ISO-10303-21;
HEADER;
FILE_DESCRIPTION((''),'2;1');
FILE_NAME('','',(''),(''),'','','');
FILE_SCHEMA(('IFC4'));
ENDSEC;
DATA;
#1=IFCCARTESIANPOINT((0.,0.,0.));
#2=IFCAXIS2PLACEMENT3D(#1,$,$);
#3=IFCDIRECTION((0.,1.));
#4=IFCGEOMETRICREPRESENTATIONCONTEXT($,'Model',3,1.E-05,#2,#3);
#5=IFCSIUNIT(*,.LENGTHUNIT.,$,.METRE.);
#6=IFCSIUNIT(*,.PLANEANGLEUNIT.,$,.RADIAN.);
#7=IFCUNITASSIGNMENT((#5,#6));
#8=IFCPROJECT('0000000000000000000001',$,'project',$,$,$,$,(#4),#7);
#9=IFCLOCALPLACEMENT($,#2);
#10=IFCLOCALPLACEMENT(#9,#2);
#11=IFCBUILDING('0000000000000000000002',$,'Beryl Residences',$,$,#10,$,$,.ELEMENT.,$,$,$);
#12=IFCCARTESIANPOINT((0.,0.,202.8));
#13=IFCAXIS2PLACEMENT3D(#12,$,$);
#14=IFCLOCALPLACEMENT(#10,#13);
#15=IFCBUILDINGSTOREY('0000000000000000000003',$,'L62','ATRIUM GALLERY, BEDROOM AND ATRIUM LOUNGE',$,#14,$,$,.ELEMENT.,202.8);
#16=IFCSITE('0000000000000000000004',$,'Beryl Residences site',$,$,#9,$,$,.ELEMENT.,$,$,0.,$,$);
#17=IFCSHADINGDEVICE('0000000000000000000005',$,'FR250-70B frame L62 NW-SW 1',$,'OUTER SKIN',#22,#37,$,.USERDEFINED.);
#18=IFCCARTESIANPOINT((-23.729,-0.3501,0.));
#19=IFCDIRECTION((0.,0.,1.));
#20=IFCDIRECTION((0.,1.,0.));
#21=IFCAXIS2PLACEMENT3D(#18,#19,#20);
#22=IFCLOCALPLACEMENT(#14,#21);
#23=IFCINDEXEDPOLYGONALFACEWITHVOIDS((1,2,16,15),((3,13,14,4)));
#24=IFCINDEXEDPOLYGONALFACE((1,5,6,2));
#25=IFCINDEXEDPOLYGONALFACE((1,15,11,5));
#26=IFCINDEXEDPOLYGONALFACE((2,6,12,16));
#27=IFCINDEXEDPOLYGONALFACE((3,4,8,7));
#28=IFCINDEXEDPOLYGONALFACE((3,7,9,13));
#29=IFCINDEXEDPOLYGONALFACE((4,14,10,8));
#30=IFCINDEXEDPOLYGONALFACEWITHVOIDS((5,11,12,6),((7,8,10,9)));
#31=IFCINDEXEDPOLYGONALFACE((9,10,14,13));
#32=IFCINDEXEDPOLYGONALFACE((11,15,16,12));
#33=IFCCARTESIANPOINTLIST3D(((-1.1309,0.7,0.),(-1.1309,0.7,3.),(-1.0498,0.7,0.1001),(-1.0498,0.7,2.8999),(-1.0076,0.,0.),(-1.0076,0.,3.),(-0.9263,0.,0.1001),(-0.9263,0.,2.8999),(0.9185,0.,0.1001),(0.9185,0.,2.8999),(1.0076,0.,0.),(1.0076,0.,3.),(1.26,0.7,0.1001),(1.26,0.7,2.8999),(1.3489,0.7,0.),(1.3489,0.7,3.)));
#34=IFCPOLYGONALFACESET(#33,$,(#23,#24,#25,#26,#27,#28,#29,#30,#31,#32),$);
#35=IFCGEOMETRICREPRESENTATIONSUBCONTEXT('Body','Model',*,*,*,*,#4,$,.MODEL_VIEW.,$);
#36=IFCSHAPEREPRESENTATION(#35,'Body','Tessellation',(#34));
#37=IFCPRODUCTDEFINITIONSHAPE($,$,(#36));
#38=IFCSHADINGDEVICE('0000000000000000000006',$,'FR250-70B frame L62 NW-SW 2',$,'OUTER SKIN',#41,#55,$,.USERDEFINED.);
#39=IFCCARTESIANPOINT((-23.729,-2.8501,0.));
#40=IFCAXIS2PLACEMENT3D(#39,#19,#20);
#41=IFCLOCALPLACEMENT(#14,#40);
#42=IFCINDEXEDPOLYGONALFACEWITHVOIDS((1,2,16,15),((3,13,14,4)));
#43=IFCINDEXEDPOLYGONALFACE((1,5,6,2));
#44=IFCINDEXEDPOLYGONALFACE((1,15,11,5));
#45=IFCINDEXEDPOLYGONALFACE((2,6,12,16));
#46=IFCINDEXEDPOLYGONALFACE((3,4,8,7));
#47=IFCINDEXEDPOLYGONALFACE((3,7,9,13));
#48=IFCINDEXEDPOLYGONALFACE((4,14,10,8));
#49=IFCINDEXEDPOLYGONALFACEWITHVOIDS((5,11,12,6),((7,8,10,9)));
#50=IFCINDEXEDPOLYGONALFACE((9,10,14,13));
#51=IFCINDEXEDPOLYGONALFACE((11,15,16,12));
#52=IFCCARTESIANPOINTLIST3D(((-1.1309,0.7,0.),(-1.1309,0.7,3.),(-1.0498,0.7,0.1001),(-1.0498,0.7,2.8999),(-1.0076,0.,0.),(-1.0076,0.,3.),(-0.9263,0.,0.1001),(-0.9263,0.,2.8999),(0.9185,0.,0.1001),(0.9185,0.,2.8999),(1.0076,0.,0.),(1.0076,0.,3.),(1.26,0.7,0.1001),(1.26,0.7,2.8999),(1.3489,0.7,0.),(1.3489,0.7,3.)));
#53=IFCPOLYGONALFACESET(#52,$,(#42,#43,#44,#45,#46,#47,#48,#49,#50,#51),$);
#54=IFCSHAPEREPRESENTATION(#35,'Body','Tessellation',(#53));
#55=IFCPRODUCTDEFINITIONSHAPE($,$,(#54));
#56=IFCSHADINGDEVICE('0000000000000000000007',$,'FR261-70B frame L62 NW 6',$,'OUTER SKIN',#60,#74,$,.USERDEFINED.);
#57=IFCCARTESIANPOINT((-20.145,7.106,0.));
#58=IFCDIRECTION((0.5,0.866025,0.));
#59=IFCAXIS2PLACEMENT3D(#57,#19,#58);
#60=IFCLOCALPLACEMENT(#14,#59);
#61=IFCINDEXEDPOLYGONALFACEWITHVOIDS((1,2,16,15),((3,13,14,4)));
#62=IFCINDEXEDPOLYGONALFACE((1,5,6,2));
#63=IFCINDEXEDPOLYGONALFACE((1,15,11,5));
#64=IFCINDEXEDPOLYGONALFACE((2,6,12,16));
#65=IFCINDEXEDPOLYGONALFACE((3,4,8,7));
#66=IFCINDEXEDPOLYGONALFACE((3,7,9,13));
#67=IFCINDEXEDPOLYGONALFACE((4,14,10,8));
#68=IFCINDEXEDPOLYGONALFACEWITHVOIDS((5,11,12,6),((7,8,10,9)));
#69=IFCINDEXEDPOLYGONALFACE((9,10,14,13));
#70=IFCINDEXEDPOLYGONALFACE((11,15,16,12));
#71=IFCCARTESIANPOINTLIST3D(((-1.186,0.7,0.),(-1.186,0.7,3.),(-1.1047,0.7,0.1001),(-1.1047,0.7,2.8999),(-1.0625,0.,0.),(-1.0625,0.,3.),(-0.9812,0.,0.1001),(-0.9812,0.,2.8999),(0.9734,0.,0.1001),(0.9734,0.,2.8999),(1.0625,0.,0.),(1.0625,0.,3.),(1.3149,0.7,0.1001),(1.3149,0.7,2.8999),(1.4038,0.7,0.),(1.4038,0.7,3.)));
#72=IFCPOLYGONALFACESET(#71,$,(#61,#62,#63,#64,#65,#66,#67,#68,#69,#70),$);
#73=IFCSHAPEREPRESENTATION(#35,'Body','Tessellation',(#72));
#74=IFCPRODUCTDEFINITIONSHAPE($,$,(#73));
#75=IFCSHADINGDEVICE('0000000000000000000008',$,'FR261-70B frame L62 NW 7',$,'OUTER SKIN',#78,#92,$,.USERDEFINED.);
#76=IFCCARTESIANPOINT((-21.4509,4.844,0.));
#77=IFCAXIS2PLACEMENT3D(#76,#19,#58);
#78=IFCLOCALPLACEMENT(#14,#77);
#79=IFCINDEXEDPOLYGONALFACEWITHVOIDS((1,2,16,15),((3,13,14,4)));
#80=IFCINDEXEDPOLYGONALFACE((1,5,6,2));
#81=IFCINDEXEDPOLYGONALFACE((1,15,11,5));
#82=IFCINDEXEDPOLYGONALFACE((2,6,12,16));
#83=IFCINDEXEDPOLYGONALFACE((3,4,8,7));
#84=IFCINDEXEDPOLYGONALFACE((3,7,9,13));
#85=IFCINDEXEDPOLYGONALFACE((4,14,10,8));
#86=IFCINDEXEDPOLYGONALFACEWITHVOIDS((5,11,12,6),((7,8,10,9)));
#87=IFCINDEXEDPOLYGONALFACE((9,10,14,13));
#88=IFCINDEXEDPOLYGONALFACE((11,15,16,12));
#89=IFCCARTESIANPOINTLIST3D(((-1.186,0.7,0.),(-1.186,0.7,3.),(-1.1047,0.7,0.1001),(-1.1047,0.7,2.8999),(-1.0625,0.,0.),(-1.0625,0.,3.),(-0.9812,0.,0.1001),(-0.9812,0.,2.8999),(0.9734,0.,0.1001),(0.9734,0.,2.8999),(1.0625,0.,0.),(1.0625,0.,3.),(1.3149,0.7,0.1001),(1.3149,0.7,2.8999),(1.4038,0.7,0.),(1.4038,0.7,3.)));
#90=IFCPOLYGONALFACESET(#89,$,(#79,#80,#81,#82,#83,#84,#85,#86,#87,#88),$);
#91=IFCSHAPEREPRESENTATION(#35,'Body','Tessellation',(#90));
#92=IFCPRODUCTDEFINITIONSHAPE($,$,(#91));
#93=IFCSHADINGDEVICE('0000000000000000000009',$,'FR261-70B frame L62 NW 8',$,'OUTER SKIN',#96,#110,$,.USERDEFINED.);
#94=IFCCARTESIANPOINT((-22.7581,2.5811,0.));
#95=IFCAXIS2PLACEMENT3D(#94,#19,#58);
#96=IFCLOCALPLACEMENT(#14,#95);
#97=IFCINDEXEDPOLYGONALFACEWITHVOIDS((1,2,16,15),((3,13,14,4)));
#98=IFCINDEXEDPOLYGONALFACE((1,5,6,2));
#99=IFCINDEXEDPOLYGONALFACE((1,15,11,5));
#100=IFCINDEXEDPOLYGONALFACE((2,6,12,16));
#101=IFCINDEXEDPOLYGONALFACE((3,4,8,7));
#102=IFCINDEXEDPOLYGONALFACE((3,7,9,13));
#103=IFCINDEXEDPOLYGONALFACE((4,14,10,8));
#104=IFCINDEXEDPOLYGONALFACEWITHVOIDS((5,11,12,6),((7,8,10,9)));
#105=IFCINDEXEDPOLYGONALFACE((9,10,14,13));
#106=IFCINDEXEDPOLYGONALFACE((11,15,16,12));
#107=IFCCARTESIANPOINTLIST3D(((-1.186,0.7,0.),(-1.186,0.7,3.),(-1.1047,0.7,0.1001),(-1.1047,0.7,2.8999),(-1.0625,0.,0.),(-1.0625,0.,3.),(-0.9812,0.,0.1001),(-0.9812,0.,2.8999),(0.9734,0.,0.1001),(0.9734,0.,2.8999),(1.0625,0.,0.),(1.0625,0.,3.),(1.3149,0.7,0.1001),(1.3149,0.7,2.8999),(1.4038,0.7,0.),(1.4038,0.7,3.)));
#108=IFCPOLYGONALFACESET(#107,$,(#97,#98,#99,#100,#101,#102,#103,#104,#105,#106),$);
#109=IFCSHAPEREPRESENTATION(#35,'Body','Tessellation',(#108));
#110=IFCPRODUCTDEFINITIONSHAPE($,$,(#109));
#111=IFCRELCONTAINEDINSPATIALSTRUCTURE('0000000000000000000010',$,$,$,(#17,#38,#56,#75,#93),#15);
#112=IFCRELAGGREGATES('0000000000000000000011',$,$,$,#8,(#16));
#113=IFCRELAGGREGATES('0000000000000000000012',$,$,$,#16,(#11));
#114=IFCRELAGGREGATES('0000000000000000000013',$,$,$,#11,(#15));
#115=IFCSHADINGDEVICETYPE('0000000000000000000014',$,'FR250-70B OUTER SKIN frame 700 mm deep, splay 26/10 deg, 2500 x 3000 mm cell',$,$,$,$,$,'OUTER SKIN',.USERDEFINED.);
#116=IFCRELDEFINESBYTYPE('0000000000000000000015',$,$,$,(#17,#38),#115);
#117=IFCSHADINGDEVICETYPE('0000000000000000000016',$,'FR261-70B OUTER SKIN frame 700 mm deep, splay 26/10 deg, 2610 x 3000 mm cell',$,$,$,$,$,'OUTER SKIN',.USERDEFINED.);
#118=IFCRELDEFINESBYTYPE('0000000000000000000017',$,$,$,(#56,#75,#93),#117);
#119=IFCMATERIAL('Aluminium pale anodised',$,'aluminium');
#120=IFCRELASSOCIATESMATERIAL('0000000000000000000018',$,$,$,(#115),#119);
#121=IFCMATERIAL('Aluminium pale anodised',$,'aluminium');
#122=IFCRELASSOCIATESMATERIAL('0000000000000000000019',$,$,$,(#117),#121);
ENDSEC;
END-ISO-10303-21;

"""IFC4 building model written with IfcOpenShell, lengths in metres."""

from ifc_helpers import new_model, entity, si_unit, direction, frame, origin, place, context, subcontext, project, spatial, source, transform, mapped, material, type_object, type_shapes, element, save


model = new_model("IFC4")

# Units and contexts
model_context = context("Model", 3, precision=1e-05, world=origin(), true_north=direction((0.0, 1.0)))
body_context = subcontext(model_context, "Body", "Model", "MODEL_VIEW")
ifc_project = project(units=[si_unit("LENGTHUNIT", "METRE"), si_unit("PLANEANGLEUNIT", "RADIAN")], contexts=[model_context])

# Site, building, storey
site_placement = place(None, origin())
site = spatial("IfcSite", under=ifc_project, at=site_placement, Name="Beryl Residences site", CompositionType="ELEMENT", RefElevation=0.0)
building_placement = place(site_placement, origin())
building = spatial("IfcBuilding", under=site, at=building_placement, Name="Beryl Residences", CompositionType="ELEMENT")
storey_placement = place(building_placement, frame((0.0, 0.0, 202.8)))
storey = spatial("IfcBuildingStorey", under=building, at=storey_placement, Name="L62", Description="ATRIUM GALLERY, BEDROOM AND ATRIUM LOUNGE", CompositionType="ELEMENT", Elevation=202.8)

# Shading devices
ifc_material_1 = material(Name="Aluminium pale anodised", Category="aluminium")
shading_device_type_1 = type_object("IfcShadingDeviceType", Name="FR250-70B OUTER SKIN frame 700 mm deep, splay 26/10 deg, 2500 x 3000 mm cell", ElementType="OUTER SKIN", PredefinedType="USERDEFINED", material=ifc_material_1)
cartesian_point_1 = entity("IfcCartesianPoint", [-1.0076, 0.0])
cartesian_point_2 = entity("IfcCartesianPoint", [-0.9185, 0.1001])
cartesian_point_3 = entity("IfcCartesianPoint", [-1.3489, 0.0])
cartesian_point_4 = entity("IfcCartesianPoint", [-1.26, 0.1001])
shared_shape_1 = source(origin(), body_context, "Body", "SweptSolid", [
    entity("IfcExtrudedAreaSolidTapered", entity("IfcArbitraryProfileDefWithVoids", "AREA", None, entity("IfcPolyline", [cartesian_point_1, entity("IfcCartesianPoint", [1.0076, 0.0]), entity("IfcCartesianPoint", [1.0076, 3.0]), entity("IfcCartesianPoint", [-1.0076, 3.0]), cartesian_point_1]), [entity("IfcPolyline", [cartesian_point_2, entity("IfcCartesianPoint", [0.9263, 0.1001]), entity("IfcCartesianPoint", [0.9263, 2.8999]), entity("IfcCartesianPoint", [-0.9185, 2.8999]), cartesian_point_2])]), entity("IfcAxis2Placement3D", entity("IfcCartesianPoint", [0.0, 0.0, 0.0]), entity("IfcDirection", [0.0, 1.0, 0.0]), entity("IfcDirection", [-1.0, 0.0, 0.0])), entity("IfcDirection", [0.0, 0.0, 1.0]), 0.7, entity("IfcArbitraryProfileDefWithVoids", "AREA", None, entity("IfcPolyline", [cartesian_point_3, entity("IfcCartesianPoint", [1.1309, 0.0]), entity("IfcCartesianPoint", [1.1309, 3.0]), entity("IfcCartesianPoint", [-1.3489, 3.0]), cartesian_point_3]), [entity("IfcPolyline", [cartesian_point_4, entity("IfcCartesianPoint", [1.0498, 0.1001]), entity("IfcCartesianPoint", [1.0498, 2.8999]), entity("IfcCartesianPoint", [-1.26, 2.8999]), cartesian_point_4])])),
])
type_shapes(shading_device_type_1, [shared_shape_1])
for number, where, z_axis, x_axis, name in (
    (1, (-23.729, -0.3501, 0.0), (0.0, 0.0, 1.0), (0.0, 1.0, 0.0), "FR250-70B frame L62 NW-SW 1"),
    (2, (-23.729, -2.8501, 0.0), (0.0, 0.0, 1.0), (0.0, 1.0, 0.0), "FR250-70B frame L62 NW-SW 2"),
):
    element("IfcShadingDevice", number, at=place(storey_placement, frame(where, z_axis=z_axis, x_axis=x_axis)), inside=storey, type_object=shading_device_type_1, Name=name, ObjectType="OUTER SKIN", PredefinedType="USERDEFINED", context=body_context, shape_type="MappedRepresentation", body=[
        mapped(shared_shape_1, transform((0.0, 0.0, 0.0))),
    ])
ifc_material_2 = material(Name="Aluminium pale anodised", Category="aluminium")
shading_device_type_2 = type_object("IfcShadingDeviceType", Name="FR261-70B OUTER SKIN frame 700 mm deep, splay 26/10 deg, 2610 x 3000 mm cell", ElementType="OUTER SKIN", PredefinedType="USERDEFINED", material=ifc_material_2)
cartesian_point_5 = entity("IfcCartesianPoint", [-1.0625, 0.0])
cartesian_point_6 = entity("IfcCartesianPoint", [-0.9734, 0.1001])
cartesian_point_7 = entity("IfcCartesianPoint", [-1.4038, 0.0])
cartesian_point_8 = entity("IfcCartesianPoint", [-1.3149, 0.1001])
shared_shape_2 = source(origin(), body_context, "Body", "SweptSolid", [
    entity("IfcExtrudedAreaSolidTapered", entity("IfcArbitraryProfileDefWithVoids", "AREA", None, entity("IfcPolyline", [cartesian_point_5, entity("IfcCartesianPoint", [1.0625, 0.0]), entity("IfcCartesianPoint", [1.0625, 3.0]), entity("IfcCartesianPoint", [-1.0625, 3.0]), cartesian_point_5]), [entity("IfcPolyline", [cartesian_point_6, entity("IfcCartesianPoint", [0.9812, 0.1001]), entity("IfcCartesianPoint", [0.9812, 2.8999]), entity("IfcCartesianPoint", [-0.9734, 2.8999]), cartesian_point_6])]), entity("IfcAxis2Placement3D", entity("IfcCartesianPoint", [0.0, 0.0, 0.0]), entity("IfcDirection", [0.0, 1.0, 0.0]), entity("IfcDirection", [-1.0, 0.0, 0.0])), entity("IfcDirection", [0.0, 0.0, 1.0]), 0.7, entity("IfcArbitraryProfileDefWithVoids", "AREA", None, entity("IfcPolyline", [cartesian_point_7, entity("IfcCartesianPoint", [1.186, 0.0]), entity("IfcCartesianPoint", [1.186, 3.0]), entity("IfcCartesianPoint", [-1.4038, 3.0]), cartesian_point_7]), [entity("IfcPolyline", [cartesian_point_8, entity("IfcCartesianPoint", [1.1047, 0.1001]), entity("IfcCartesianPoint", [1.1047, 2.8999]), entity("IfcCartesianPoint", [-1.3149, 2.8999]), cartesian_point_8])])),
])
type_shapes(shading_device_type_2, [shared_shape_2])
for number, where, z_axis, x_axis, name in (
    (3, (-20.145, 7.106, 0.0), (0.0, 0.0, 1.0), (0.5, 0.866025, 0.0), "FR261-70B frame L62 NW 6"),
    (4, (-21.4509, 4.844, 0.0), (0.0, 0.0, 1.0), (0.5, 0.866025, 0.0), "FR261-70B frame L62 NW 7"),
    (5, (-22.7581, 2.5811, 0.0), (0.0, 0.0, 1.0), (0.5, 0.866025, 0.0), "FR261-70B frame L62 NW 8"),
):
    element("IfcShadingDevice", number, at=place(storey_placement, frame(where, z_axis=z_axis, x_axis=x_axis)), inside=storey, type_object=shading_device_type_2, Name=name, ObjectType="OUTER SKIN", PredefinedType="USERDEFINED", context=body_context, shape_type="MappedRepresentation", body=[
        mapped(shared_shape_2, transform((0.0, 0.0, 0.0))),
    ])

save(model, "model.ifc")
